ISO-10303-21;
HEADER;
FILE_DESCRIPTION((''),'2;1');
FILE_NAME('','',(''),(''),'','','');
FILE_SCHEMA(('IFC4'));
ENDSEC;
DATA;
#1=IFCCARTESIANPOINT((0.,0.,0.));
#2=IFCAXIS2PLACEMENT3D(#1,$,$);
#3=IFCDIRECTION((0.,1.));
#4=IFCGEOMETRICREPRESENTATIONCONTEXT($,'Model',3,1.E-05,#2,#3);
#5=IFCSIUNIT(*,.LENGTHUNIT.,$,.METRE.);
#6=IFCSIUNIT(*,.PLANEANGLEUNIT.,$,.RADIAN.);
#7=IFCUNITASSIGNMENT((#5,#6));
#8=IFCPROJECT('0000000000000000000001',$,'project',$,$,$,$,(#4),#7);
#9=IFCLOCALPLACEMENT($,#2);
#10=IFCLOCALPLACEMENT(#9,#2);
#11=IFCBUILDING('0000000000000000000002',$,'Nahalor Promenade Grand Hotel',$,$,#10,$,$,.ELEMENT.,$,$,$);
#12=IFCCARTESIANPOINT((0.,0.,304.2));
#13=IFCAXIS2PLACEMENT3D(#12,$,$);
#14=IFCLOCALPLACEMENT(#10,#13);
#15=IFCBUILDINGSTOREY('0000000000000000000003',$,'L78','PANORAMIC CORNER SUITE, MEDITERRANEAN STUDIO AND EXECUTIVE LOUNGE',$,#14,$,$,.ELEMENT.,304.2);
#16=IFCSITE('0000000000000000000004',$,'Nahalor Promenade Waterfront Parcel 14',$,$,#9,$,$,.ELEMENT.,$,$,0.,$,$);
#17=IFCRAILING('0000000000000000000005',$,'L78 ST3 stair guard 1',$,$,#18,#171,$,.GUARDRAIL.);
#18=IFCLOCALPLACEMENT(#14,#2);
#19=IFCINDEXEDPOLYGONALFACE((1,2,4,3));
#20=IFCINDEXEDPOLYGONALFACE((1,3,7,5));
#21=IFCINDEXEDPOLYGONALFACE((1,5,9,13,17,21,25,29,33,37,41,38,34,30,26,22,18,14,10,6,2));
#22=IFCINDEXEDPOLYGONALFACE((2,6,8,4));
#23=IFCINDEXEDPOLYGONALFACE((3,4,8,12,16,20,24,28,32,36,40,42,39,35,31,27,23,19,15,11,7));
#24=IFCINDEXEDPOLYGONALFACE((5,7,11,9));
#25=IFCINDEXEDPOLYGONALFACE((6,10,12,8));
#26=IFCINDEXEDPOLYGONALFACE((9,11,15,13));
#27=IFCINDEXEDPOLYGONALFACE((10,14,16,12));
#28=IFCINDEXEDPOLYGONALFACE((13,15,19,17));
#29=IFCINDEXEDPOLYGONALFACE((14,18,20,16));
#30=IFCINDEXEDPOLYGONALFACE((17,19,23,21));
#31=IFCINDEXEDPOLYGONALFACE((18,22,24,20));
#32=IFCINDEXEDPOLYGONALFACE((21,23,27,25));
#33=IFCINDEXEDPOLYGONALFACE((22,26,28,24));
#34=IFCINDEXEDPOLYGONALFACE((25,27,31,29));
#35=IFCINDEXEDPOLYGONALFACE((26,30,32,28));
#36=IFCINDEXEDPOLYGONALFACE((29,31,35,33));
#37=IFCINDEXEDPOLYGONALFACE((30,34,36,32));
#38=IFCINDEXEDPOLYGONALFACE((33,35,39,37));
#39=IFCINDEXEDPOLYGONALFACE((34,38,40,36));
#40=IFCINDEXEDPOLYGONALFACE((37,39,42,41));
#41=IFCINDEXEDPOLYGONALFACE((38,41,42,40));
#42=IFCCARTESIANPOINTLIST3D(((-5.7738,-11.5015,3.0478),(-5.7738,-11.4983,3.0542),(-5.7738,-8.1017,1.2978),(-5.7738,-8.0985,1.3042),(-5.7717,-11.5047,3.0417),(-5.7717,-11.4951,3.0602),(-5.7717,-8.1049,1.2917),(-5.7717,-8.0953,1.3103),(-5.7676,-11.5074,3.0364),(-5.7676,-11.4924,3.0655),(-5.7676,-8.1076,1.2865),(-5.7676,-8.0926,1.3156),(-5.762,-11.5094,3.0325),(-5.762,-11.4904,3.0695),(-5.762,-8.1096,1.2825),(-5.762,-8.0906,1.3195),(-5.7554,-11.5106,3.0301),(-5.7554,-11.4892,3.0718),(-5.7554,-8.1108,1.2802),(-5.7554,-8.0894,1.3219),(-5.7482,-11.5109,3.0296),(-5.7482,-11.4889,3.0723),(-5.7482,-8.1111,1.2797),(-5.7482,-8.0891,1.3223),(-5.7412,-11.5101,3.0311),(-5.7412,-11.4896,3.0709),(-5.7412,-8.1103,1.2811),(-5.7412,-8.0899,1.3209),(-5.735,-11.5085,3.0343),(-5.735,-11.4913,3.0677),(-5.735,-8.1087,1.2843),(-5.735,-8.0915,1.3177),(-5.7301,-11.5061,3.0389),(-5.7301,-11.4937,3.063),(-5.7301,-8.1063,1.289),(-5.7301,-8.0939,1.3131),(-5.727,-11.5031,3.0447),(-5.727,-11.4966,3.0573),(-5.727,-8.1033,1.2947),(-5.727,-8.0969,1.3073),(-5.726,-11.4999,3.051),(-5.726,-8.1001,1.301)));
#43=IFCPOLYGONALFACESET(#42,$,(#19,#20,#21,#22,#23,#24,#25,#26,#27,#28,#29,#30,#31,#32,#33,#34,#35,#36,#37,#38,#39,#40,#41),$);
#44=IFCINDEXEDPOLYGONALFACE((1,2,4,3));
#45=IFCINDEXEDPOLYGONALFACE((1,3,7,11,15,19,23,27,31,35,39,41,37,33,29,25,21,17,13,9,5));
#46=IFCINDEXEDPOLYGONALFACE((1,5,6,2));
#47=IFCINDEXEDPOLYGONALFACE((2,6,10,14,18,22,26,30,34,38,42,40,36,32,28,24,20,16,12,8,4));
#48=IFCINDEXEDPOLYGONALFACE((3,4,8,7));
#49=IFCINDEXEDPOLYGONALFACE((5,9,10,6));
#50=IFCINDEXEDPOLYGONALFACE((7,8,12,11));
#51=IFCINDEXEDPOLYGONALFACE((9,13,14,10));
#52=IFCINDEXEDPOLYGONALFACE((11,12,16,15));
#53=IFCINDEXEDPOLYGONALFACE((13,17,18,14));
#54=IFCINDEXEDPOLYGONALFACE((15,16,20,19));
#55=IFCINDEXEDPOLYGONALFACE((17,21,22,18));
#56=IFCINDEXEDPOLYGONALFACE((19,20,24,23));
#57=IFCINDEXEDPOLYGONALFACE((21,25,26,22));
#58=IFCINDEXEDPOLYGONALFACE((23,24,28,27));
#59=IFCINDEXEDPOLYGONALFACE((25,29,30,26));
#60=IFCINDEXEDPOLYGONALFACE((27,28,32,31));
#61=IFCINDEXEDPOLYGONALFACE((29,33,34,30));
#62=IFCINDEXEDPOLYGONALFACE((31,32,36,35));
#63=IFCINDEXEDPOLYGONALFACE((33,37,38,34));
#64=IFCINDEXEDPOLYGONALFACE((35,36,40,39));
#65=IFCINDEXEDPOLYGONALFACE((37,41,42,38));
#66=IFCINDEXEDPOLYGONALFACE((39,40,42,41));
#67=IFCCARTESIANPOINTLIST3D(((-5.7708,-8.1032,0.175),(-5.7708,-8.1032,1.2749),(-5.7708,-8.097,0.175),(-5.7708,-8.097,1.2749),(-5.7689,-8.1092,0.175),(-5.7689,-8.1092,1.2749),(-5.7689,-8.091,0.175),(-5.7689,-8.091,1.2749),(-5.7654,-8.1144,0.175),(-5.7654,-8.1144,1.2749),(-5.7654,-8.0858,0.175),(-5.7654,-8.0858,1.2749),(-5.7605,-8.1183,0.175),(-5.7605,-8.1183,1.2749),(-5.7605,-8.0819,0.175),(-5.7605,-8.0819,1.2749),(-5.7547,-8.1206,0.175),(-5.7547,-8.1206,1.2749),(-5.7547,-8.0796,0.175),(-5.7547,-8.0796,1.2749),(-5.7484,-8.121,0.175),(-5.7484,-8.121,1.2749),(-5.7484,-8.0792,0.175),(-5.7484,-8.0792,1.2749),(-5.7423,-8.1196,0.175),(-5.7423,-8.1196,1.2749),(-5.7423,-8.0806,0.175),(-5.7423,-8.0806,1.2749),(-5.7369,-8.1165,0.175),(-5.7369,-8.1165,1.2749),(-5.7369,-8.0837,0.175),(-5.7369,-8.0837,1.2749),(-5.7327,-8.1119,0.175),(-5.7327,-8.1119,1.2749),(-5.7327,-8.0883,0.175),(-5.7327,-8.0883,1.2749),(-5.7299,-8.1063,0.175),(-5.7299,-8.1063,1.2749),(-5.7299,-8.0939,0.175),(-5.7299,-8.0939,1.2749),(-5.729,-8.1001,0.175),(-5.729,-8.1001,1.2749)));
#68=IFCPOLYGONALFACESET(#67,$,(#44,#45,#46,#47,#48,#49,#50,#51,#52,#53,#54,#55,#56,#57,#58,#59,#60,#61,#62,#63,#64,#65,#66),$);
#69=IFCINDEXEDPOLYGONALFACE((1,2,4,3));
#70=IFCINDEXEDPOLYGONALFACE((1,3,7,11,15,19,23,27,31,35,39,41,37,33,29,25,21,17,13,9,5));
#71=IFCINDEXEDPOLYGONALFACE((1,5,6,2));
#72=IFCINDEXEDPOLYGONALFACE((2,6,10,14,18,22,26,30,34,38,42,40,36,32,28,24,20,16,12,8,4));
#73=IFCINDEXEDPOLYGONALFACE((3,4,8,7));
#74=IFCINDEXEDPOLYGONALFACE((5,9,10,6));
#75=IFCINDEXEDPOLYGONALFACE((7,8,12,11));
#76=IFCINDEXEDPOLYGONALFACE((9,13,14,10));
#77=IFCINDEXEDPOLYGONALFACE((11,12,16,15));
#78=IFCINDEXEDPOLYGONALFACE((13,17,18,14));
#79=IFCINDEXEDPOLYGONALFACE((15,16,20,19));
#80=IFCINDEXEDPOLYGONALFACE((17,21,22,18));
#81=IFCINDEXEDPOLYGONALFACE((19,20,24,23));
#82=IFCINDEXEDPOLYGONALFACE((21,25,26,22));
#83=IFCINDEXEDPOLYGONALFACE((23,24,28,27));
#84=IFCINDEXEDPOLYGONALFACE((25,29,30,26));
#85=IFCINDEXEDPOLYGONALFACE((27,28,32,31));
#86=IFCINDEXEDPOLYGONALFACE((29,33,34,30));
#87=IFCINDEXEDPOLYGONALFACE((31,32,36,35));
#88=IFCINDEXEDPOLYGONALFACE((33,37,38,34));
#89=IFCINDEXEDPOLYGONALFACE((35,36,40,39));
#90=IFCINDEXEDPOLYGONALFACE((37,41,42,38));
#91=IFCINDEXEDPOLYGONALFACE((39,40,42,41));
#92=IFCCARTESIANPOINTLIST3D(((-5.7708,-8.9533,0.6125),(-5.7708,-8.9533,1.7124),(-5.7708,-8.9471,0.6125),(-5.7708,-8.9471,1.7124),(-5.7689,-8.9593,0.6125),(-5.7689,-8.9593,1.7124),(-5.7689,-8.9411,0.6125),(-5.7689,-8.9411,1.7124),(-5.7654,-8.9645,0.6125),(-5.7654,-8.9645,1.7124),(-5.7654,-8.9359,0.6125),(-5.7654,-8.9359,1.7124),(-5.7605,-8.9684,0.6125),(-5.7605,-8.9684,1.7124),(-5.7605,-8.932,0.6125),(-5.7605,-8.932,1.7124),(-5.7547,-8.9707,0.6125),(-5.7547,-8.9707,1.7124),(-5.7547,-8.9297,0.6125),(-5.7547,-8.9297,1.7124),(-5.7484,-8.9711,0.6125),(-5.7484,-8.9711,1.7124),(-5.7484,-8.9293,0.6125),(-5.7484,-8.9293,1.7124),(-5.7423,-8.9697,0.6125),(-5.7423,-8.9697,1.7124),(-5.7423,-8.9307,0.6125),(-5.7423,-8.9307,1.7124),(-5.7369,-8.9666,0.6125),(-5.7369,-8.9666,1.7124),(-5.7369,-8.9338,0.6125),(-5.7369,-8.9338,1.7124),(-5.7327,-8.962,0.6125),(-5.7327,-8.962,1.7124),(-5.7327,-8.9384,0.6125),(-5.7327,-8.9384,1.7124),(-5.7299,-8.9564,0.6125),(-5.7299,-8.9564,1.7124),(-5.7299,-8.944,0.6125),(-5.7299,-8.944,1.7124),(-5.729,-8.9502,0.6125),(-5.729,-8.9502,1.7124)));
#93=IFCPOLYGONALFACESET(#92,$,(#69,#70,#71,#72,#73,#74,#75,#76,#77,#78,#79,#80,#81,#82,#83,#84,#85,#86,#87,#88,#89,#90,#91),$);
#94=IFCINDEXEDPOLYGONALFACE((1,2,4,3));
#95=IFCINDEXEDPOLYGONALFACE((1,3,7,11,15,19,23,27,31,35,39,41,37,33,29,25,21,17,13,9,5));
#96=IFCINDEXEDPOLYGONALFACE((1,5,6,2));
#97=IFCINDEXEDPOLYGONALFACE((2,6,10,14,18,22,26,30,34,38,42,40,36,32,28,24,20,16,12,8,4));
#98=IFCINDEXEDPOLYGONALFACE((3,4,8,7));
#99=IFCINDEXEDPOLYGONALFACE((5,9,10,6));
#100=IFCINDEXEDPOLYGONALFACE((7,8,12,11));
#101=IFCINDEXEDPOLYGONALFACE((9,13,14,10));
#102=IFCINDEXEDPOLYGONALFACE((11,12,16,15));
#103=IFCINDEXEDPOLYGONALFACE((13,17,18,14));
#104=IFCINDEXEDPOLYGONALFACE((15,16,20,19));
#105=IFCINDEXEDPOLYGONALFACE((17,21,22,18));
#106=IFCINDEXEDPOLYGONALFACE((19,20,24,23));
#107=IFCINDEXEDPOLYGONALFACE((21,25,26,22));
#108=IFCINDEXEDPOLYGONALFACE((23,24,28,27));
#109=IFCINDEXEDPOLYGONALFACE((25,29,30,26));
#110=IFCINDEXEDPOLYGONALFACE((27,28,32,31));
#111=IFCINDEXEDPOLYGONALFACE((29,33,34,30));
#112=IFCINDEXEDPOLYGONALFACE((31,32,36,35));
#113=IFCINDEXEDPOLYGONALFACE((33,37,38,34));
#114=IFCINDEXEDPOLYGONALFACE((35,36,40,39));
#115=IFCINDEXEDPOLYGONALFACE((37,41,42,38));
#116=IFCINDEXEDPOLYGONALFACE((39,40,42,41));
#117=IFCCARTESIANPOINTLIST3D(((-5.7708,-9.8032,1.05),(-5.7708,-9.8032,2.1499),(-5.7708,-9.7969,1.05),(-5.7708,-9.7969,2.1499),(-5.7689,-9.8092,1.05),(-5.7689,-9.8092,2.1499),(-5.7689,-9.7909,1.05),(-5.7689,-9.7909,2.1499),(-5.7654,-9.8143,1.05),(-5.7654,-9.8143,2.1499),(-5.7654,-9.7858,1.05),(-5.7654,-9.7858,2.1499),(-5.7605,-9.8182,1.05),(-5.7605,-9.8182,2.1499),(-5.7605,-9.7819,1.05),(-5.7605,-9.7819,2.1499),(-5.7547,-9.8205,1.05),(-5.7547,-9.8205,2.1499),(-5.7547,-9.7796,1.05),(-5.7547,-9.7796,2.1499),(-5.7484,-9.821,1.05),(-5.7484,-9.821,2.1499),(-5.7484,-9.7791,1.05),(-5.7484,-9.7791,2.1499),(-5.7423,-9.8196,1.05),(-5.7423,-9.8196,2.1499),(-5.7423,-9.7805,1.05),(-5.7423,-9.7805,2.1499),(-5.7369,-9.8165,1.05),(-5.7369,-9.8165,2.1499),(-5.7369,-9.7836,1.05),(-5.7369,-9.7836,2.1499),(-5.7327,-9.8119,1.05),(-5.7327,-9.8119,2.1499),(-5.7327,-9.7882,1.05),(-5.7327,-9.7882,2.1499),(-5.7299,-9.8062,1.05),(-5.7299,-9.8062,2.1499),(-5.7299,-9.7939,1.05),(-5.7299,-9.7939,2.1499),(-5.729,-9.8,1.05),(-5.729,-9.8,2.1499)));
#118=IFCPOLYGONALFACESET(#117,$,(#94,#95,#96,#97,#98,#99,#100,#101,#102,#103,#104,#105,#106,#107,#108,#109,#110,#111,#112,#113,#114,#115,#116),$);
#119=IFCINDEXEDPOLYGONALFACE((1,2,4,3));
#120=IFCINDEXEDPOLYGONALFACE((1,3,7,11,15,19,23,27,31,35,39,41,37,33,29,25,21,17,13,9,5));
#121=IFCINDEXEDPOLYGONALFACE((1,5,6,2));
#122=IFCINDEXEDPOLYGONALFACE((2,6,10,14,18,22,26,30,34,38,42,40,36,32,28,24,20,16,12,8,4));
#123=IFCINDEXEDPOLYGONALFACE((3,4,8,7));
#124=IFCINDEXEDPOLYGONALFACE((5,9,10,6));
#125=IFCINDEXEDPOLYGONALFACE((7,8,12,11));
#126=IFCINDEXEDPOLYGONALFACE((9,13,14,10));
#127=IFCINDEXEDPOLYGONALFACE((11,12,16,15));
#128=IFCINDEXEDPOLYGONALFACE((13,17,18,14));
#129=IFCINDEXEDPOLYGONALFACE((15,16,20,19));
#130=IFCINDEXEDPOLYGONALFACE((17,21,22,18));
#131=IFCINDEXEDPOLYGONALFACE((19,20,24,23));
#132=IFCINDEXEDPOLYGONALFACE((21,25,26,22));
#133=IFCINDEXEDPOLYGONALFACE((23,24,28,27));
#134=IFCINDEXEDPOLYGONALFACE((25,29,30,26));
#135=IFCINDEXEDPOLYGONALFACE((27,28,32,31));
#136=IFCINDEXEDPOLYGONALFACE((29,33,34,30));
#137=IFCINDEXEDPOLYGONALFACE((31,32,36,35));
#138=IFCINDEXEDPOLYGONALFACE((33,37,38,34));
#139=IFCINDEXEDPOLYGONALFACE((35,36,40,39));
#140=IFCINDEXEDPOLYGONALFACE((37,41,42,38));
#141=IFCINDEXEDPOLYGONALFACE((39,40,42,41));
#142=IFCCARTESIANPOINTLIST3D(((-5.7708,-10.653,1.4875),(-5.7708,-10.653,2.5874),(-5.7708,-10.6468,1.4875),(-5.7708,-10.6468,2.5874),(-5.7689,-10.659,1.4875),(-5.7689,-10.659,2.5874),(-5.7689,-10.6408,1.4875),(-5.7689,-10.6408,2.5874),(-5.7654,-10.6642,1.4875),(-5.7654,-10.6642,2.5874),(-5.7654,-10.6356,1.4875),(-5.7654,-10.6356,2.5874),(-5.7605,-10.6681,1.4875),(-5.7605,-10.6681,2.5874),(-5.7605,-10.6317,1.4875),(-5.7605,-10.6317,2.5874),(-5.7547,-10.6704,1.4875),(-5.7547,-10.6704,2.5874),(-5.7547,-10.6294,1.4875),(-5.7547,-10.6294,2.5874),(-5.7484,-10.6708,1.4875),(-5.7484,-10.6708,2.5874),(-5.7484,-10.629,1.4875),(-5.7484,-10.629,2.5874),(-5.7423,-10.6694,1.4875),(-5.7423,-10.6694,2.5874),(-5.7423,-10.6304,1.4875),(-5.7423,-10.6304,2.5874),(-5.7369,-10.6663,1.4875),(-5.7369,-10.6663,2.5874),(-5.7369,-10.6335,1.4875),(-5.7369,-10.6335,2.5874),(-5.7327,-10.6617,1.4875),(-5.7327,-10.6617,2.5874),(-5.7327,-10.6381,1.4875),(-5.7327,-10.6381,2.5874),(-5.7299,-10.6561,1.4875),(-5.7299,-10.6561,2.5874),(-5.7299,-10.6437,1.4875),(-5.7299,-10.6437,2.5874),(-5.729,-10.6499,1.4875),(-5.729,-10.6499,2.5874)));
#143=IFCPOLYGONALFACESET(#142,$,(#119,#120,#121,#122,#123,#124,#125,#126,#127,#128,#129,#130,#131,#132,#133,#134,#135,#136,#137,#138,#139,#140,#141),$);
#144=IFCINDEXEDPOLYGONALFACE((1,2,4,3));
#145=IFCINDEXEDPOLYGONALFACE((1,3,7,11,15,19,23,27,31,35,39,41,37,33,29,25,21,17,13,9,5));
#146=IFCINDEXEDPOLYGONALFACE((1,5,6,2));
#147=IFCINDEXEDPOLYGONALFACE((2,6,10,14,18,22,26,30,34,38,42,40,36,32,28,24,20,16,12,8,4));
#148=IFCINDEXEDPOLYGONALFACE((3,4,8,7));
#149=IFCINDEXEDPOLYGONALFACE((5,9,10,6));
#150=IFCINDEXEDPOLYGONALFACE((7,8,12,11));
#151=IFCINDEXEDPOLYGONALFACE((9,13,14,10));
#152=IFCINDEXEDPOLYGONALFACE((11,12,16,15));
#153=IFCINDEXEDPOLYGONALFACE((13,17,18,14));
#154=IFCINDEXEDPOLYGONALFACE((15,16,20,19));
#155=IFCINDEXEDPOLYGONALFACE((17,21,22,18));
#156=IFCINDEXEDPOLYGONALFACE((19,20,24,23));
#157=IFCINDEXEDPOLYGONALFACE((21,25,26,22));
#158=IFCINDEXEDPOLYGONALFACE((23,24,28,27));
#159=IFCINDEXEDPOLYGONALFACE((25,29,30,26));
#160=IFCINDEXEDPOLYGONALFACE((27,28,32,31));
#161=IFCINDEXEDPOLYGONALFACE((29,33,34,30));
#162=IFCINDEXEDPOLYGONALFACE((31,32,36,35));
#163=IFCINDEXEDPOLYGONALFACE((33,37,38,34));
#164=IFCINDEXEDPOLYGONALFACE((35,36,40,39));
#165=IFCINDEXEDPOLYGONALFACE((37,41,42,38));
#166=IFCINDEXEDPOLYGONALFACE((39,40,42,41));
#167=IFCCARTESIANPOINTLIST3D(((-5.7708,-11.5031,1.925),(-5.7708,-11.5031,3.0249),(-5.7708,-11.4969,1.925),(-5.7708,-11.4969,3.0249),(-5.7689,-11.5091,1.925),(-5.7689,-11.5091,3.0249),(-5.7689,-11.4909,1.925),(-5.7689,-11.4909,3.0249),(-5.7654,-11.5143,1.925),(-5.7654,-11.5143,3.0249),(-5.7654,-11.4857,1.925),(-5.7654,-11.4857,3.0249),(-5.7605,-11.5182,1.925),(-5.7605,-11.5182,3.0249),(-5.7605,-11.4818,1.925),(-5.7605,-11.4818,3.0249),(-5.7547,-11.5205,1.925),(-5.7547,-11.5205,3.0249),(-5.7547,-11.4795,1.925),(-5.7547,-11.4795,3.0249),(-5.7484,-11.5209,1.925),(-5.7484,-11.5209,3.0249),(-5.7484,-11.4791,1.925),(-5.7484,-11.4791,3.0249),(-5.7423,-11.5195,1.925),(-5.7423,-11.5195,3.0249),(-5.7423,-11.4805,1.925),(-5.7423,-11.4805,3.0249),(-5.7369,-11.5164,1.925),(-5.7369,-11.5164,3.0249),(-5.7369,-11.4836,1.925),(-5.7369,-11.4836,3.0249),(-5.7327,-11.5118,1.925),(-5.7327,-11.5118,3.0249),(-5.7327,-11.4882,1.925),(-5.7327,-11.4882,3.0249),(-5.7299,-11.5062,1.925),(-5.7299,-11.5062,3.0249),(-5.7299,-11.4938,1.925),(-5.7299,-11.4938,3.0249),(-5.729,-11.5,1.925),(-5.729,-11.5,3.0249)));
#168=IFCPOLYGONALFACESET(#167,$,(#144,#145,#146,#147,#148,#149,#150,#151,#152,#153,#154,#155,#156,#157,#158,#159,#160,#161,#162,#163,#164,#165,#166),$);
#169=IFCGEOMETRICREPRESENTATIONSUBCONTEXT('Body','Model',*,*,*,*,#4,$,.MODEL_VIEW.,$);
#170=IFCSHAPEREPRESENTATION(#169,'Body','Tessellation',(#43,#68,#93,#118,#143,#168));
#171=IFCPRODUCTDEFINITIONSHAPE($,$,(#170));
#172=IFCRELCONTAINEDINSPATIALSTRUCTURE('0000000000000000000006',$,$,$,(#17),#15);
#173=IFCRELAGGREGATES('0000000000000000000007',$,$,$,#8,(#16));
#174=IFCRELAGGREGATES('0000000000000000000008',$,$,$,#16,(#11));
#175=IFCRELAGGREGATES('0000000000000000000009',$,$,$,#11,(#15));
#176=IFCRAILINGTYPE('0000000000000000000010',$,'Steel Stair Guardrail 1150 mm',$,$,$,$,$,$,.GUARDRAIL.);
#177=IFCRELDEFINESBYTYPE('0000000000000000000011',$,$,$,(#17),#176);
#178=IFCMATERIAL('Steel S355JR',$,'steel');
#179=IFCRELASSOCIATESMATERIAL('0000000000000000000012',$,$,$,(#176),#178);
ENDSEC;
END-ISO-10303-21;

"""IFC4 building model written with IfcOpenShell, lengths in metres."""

from ifc_helpers import new_model, si_unit, direction, frame, origin, origin_2d, place, context, subcontext, project, spatial, circle, extrude, material, type_object, element, save


model = new_model("IFC4")

# Units and contexts
model_context = context("Model", 3, precision=1e-05, world=origin(), true_north=direction((0.0, 1.0)))
body_context = subcontext(model_context, "Body", "Model", "MODEL_VIEW")
ifc_project = project(units=[si_unit("LENGTHUNIT", "METRE"), si_unit("PLANEANGLEUNIT", "RADIAN")], contexts=[model_context])

# Site, building, storey
site_placement = place(None, origin())
site = spatial("IfcSite", under=ifc_project, at=site_placement, Name="Nahalor Promenade Waterfront Parcel 14", CompositionType="ELEMENT", RefElevation=0.0)
building_placement = place(site_placement, origin())
building = spatial("IfcBuilding", under=site, at=building_placement, Name="Nahalor Promenade Grand Hotel", CompositionType="ELEMENT")
storey_placement = place(building_placement, frame((0.0, 0.0, 304.2)))
storey = spatial("IfcBuildingStorey", under=building, at=storey_placement, Name="L78", Description="PANORAMIC CORNER SUITE, MEDITERRANEAN STUDIO AND EXECUTIVE LOUNGE", CompositionType="ELEMENT", Elevation=304.2)

# Shared definitions
ifc_material_1 = material(Name="Steel S355JR", Category="steel")

# Railing
railing_type_1 = type_object("IfcRailingType", Name="Steel Stair Guardrail 1150 mm", PredefinedType="GUARDRAIL", material=ifc_material_1)
railing_1_placement = place(storey_placement, frame((-5.75, -8.1001, 0.175)))
element("IfcRailing", 1, at=railing_1_placement, inside=storey, type_object=railing_type_1, Name="L78 ST3 stair guard 1", PredefinedType="GUARDRAIL", context=body_context, shape_type="SweptSolid", body=[
    extrude(circle(Radius=0.024, at=origin_2d()), frame((0.0, 0.0, 1.126), z_axis=(0.0, -0.88913, 0.457654), x_axis=(1.0, 0.0, 0.0)), (0.0, 0.0, 1.0), 3.8237),
    extrude(circle(Radius=0.021, at=origin_2d()), origin(), (0.0, 0.0, 1.0), 1.0999),
    extrude(circle(Radius=0.021, at=origin_2d()), frame((0.0, -0.8501, 0.4375)), (0.0, 0.0, 1.0), 1.0999),
    extrude(circle(Radius=0.021, at=origin_2d()), frame((0.0, -1.7, 0.875)), (0.0, 0.0, 1.0), 1.0999),
    extrude(circle(Radius=0.021, at=origin_2d()), frame((0.0, -2.5498, 1.3125)), (0.0, 0.0, 1.0), 1.0999),
    extrude(circle(Radius=0.021, at=origin_2d()), frame((0.0, -3.3999, 1.75)), (0.0, 0.0, 1.0), 1.0999),
])

save(model, "model.ifc")
